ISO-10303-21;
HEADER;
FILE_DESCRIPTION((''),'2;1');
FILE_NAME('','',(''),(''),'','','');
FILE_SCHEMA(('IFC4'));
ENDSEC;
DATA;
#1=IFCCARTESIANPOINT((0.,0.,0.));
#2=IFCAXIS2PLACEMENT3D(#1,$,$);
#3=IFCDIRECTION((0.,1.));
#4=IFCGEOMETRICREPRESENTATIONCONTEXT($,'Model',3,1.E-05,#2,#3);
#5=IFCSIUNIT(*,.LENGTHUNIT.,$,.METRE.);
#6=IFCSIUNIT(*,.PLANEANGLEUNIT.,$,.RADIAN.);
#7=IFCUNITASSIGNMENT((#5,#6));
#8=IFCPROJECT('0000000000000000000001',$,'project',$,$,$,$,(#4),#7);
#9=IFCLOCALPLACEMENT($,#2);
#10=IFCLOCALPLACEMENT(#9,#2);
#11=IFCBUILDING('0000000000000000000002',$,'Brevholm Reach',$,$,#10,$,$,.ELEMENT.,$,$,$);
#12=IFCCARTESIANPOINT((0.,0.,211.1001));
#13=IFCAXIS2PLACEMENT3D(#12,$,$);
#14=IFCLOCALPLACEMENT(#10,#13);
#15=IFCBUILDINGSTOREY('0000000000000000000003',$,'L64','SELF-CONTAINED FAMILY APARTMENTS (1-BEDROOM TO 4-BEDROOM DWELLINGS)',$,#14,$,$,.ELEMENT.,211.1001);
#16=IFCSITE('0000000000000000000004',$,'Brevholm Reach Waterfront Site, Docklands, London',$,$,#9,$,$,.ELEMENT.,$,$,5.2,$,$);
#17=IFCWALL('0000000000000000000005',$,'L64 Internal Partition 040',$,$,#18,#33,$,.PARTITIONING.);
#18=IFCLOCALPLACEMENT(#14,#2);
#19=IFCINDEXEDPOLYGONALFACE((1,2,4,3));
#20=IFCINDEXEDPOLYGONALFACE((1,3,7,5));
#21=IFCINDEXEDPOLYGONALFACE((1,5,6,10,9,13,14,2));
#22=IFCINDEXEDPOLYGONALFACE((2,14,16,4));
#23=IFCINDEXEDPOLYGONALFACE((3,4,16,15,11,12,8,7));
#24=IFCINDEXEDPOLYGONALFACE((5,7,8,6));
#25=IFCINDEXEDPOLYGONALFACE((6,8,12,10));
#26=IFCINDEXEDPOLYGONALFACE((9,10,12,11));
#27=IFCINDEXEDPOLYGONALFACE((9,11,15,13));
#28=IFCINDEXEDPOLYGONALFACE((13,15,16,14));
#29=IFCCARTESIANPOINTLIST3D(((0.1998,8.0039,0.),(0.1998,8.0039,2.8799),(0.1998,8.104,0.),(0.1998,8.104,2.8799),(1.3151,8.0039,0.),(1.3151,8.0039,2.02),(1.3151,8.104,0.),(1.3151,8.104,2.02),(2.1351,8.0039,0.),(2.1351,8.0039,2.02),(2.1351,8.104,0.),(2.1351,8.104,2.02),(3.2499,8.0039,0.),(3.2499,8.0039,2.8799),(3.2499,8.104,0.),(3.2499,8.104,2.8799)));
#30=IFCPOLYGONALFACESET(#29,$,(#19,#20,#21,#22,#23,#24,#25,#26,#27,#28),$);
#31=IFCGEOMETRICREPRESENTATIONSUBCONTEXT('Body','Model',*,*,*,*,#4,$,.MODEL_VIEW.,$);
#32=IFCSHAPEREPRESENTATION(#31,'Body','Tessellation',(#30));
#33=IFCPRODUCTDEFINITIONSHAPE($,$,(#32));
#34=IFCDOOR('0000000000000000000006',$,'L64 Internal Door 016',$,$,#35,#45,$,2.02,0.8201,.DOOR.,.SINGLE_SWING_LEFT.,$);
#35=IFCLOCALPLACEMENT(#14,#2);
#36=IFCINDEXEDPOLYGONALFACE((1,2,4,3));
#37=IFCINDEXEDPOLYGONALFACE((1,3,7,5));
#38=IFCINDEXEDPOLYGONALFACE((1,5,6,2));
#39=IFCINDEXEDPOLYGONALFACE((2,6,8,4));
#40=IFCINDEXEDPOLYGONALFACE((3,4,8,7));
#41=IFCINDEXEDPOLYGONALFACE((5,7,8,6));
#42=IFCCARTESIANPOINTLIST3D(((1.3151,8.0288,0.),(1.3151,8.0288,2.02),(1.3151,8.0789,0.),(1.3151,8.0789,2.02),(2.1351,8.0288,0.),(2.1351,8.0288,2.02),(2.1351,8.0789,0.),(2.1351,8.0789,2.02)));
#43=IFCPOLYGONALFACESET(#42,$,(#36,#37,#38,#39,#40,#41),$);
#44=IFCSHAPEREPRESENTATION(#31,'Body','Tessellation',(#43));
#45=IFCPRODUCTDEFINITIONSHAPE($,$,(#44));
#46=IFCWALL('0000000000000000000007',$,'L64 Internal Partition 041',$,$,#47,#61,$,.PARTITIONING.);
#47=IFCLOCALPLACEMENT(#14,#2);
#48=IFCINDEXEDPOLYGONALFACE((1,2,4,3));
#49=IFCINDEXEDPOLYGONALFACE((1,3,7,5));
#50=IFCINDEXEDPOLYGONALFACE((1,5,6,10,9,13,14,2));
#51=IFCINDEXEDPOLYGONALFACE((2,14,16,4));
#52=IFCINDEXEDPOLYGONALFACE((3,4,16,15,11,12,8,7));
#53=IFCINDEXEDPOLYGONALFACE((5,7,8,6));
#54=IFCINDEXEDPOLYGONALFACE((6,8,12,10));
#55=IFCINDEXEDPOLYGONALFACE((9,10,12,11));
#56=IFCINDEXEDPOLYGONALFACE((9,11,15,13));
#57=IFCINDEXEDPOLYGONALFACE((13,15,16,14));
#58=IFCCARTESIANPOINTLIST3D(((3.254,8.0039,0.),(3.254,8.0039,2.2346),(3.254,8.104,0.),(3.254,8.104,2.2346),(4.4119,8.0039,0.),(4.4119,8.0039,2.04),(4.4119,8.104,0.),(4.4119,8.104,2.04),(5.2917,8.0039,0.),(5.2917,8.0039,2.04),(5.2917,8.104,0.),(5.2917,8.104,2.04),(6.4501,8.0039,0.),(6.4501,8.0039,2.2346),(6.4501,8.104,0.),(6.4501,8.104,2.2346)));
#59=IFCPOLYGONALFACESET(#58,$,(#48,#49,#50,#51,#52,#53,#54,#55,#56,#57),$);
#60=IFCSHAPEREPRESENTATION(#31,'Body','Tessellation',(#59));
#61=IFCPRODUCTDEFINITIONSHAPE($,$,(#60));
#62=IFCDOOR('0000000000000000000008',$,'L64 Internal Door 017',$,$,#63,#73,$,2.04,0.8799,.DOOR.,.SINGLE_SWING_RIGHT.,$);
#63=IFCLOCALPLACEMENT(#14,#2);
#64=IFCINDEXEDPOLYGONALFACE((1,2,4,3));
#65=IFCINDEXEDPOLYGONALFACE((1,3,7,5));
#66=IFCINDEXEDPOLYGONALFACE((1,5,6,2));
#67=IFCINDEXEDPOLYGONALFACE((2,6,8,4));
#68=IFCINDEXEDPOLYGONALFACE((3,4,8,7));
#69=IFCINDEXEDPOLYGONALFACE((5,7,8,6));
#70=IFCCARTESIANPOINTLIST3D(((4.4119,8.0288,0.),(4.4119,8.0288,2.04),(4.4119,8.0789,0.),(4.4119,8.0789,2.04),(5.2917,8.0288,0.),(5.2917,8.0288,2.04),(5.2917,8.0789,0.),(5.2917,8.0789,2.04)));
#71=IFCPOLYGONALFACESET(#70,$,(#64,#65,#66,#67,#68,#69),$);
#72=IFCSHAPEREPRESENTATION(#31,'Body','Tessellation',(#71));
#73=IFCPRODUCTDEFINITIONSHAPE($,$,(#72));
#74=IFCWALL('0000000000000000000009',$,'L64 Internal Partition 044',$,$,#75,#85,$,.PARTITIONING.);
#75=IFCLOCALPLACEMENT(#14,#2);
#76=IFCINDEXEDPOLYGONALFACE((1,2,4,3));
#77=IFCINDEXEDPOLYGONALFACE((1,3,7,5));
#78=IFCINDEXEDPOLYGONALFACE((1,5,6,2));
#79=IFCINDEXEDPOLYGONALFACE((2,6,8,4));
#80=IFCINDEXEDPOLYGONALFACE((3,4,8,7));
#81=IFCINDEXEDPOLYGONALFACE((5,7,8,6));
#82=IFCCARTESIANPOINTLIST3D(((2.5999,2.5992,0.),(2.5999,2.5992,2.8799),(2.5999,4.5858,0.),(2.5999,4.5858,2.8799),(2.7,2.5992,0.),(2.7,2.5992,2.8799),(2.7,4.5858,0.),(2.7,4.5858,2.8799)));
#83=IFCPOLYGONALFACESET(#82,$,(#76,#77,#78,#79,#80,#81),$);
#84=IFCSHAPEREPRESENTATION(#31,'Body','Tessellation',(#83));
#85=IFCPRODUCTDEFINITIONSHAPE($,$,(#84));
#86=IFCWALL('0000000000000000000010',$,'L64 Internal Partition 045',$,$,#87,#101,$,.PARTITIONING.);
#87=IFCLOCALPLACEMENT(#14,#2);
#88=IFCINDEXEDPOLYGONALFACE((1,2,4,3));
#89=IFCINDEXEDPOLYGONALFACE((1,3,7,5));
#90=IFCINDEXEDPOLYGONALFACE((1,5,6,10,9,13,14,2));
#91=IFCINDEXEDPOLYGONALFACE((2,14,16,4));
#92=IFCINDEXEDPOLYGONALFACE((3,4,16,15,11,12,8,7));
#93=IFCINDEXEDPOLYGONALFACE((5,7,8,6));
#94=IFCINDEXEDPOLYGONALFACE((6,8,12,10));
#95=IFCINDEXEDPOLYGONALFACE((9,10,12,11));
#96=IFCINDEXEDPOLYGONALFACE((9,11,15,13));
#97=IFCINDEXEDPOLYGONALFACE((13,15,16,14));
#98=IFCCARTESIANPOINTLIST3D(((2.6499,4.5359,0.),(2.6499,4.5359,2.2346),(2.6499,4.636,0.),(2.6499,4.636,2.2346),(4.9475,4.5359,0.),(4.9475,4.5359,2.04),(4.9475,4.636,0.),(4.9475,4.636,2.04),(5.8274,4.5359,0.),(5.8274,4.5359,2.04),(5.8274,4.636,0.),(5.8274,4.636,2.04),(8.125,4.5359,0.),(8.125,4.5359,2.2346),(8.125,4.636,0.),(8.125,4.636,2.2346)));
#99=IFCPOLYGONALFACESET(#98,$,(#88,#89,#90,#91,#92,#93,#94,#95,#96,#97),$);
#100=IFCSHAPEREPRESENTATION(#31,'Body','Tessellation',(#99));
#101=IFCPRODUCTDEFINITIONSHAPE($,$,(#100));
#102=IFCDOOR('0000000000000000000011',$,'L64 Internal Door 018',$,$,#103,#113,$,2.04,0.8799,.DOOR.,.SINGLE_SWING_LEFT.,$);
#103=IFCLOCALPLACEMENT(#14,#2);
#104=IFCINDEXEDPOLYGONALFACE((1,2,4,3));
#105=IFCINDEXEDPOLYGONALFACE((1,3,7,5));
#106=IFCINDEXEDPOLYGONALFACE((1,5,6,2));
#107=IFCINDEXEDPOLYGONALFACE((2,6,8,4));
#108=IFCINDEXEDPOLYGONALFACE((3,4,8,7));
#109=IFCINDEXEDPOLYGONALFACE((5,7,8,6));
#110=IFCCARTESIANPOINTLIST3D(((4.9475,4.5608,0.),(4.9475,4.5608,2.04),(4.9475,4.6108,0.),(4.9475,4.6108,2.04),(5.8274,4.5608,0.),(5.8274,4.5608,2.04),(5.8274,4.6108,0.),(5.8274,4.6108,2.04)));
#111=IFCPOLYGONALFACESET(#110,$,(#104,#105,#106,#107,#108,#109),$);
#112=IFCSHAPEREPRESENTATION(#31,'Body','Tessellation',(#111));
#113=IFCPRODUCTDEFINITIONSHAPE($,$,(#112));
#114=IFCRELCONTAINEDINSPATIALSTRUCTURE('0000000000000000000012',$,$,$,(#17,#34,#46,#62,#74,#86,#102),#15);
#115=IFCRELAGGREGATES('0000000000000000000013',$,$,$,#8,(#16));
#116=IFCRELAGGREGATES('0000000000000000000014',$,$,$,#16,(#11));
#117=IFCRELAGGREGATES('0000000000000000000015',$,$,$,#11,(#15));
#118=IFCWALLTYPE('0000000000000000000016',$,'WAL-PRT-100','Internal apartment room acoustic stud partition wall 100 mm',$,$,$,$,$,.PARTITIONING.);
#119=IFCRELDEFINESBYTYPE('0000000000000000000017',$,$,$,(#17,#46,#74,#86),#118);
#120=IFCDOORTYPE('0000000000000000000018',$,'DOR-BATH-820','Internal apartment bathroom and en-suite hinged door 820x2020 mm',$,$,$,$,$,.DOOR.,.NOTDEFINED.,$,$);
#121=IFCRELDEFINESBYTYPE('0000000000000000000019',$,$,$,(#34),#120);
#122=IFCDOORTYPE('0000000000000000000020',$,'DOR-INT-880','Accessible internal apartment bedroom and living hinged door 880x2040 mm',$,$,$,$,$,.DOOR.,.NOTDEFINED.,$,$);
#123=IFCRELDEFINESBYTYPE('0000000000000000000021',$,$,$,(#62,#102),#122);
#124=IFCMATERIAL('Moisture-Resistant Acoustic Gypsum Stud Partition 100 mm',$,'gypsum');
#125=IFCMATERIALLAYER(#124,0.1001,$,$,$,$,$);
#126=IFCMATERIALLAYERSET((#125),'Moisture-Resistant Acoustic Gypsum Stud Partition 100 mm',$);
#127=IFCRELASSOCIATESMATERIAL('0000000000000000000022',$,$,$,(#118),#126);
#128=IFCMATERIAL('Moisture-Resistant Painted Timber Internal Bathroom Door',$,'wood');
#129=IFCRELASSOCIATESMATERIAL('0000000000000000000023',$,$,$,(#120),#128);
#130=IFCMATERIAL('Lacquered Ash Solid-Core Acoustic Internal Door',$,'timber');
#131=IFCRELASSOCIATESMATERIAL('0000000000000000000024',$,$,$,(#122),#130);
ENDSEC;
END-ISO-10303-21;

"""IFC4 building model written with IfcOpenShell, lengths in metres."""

from ifc_helpers import new_model, si_unit, direction, frame, frame_2d, origin, place, context, subcontext, project, spatial, rectangle, extrude, material, layer, layer_set, type_object, element, fill, save


model = new_model("IFC4")

# Units and contexts
model_context = context("Model", 3, precision=1e-05, world=origin(), true_north=direction((0.0, 1.0)))
body_context = subcontext(model_context, "Body", "Model", "MODEL_VIEW")
ifc_project = project(units=[si_unit("LENGTHUNIT", "METRE"), si_unit("PLANEANGLEUNIT", "RADIAN")], contexts=[model_context])

# Site, building, storey
site_placement = place(None, origin())
site = spatial("IfcSite", under=ifc_project, at=site_placement, Name="Brevholm Reach Waterfront Site, Docklands, London", CompositionType="ELEMENT", RefElevation=5.2)
building_placement = place(site_placement, origin())
building = spatial("IfcBuilding", under=site, at=building_placement, Name="Brevholm Reach", CompositionType="ELEMENT")
storey_placement = place(building_placement, frame((0.0, 0.0, 211.1001)))
storey = spatial("IfcBuildingStorey", under=building, at=storey_placement, Name="L64", Description="SELF-CONTAINED FAMILY APARTMENTS (1-BEDROOM TO 4-BEDROOM DWELLINGS)", CompositionType="ELEMENT", Elevation=211.1001)

# Shared definitions
ifc_material_1 = material(Name="Moisture-Resistant Acoustic Gypsum Stud Partition 100 mm", Category="gypsum")
ifc_layer_1 = layer(ifc_material_1, 0.1001)
ifc_layer_set_1 = layer_set([ifc_layer_1], Name="Moisture-Resistant Acoustic Gypsum Stud Partition 100 mm")
wall_type_1 = type_object("IfcWallType", Name="WAL-PRT-100", Description="Internal apartment room acoustic stud partition wall 100 mm", PredefinedType="PARTITIONING", material=ifc_layer_set_1)

# Walls, openings, doors
wall_1_placement = place(storey_placement, frame((0.2, 8.054, 0.0), z_axis=(0.0, 0.0, 1.0), x_axis=(1.0, 0.0, 0.0)))
wall_1 = element("IfcWall", 1, at=wall_1_placement, inside=storey, type_object=wall_type_1, Name="L64 Internal Partition 040", PredefinedType="PARTITIONING", context=body_context, shape_type="SweptSolid", body=[
    extrude(rectangle(XDim=3.05, YDim=0.1001, at=frame_2d((1.5249, 0.0))), origin(), (0.0, 0.0, 1.0), 2.8799),
])
opening_1_placement = place(wall_1_placement, frame((1.115, 0.0, 0.0)))
opening_1 = element("IfcOpeningElement", 2, at=opening_1_placement, cuts=wall_1, PredefinedType="OPENING", context=body_context, shape_type="SweptSolid", body=[
    extrude(rectangle(XDim=0.8201, YDim=2.02, at=frame_2d((0.4102, 1.01))), frame((0.0, 0.0601, 0.0), z_axis=(0.0, -1.0, 0.0), x_axis=(1.0, 0.0, 0.0)), (0.0, 0.0, 1.0), 0.1201),
])
ifc_material_2 = material(Name="Moisture-Resistant Painted Timber Internal Bathroom Door", Category="wood")
door_type_1 = type_object("IfcDoorType", Name="DOR-BATH-820", Description="Internal apartment bathroom and en-suite hinged door 820x2020 mm", OperationType="NOTDEFINED", PredefinedType="DOOR", material=ifc_material_2)
door_1_placement = place(opening_1_placement, origin())
door_1 = element("IfcDoor", 3, at=door_1_placement, inside=storey, type_object=door_type_1, Name="L64 Internal Door 016", OperationType="SINGLE_SWING_LEFT", OverallHeight=2.02, OverallWidth=0.8201, PredefinedType="DOOR", context=body_context, shape_type="SweptSolid", body=[
    extrude(rectangle(XDim=0.8201, YDim=2.02, at=frame_2d((0.4102, 1.01))), frame((0.0, 0.0249, 0.0), z_axis=(0.0, -1.0, 0.0), x_axis=(1.0, 0.0, 0.0)), (0.0, 0.0, 1.0), 0.05),
])
fill(opening_1, door_1)
wall_2_placement = place(storey_placement, frame((3.2539, 8.054, 0.0), z_axis=(0.0, 0.0, 1.0), x_axis=(1.0, 0.0, 0.0)))
wall_2 = element("IfcWall", 4, at=wall_2_placement, inside=storey, type_object=wall_type_1, Name="L64 Internal Partition 041", PredefinedType="PARTITIONING", context=body_context, shape_type="SweptSolid", body=[
    extrude(rectangle(XDim=3.196, YDim=0.1001, at=frame_2d((1.5981, 0.0))), origin(), (0.0, 0.0, 1.0), 2.2346),
])
opening_2_placement = place(wall_2_placement, frame((1.158, 0.0, 0.0)))
opening_2 = element("IfcOpeningElement", 5, at=opening_2_placement, cuts=wall_2, PredefinedType="OPENING", context=body_context, shape_type="SweptSolid", body=[
    extrude(rectangle(XDim=0.8799, YDim=2.04, at=frame_2d((0.4399, 1.02))), frame((0.0, 0.0601, 0.0), z_axis=(0.0, -1.0, 0.0), x_axis=(1.0, 0.0, 0.0)), (0.0, 0.0, 1.0), 0.1201),
])
ifc_material_3 = material(Name="Lacquered Ash Solid-Core Acoustic Internal Door", Category="timber")
door_type_2 = type_object("IfcDoorType", Name="DOR-INT-880", Description="Accessible internal apartment bedroom and living hinged door 880x2040 mm", OperationType="NOTDEFINED", PredefinedType="DOOR", material=ifc_material_3)
door_2_placement = place(opening_2_placement, origin())
door_2 = element("IfcDoor", 6, at=door_2_placement, inside=storey, type_object=door_type_2, Name="L64 Internal Door 017", OperationType="SINGLE_SWING_RIGHT", OverallHeight=2.04, OverallWidth=0.8799, PredefinedType="DOOR", context=body_context, shape_type="SweptSolid", body=[
    extrude(rectangle(XDim=0.8799, YDim=2.04, at=frame_2d((0.4399, 1.02))), frame((0.0, 0.0249, 0.0), z_axis=(0.0, -1.0, 0.0), x_axis=(1.0, 0.0, 0.0)), (0.0, 0.0, 1.0), 0.05),
])
fill(opening_2, door_2)

# Wall
wall_3_placement = place(storey_placement, frame((2.6499, 2.5994, 0.0), z_axis=(0.0, 0.0, 1.0), x_axis=(0.0, 1.0, 0.0)))
element("IfcWall", 7, at=wall_3_placement, inside=storey, type_object=wall_type_1, Name="L64 Internal Partition 044", PredefinedType="PARTITIONING", context=body_context, shape_type="SweptSolid", body=[
    extrude(rectangle(XDim=1.9866, YDim=0.1001, at=frame_2d((0.9932, 0.0))), origin(), (0.0, 0.0, 1.0), 2.8799),
])

# Wall, opening, door
wall_4_placement = place(storey_placement, frame((2.6499, 4.5859, 0.0), z_axis=(0.0, 0.0, 1.0), x_axis=(1.0, 0.0, 0.0)))
wall_4 = element("IfcWall", 8, at=wall_4_placement, inside=storey, type_object=wall_type_1, Name="L64 Internal Partition 045", PredefinedType="PARTITIONING", context=body_context, shape_type="SweptSolid", body=[
    extrude(rectangle(XDim=5.4751, YDim=0.1001, at=frame_2d((2.7375, 0.0))), origin(), (0.0, 0.0, 1.0), 2.2346),
])
opening_3_placement = place(wall_4_placement, frame((2.2976, 0.0, 0.0)))
opening_3 = element("IfcOpeningElement", 9, at=opening_3_placement, cuts=wall_4, PredefinedType="OPENING", context=body_context, shape_type="SweptSolid", body=[
    extrude(rectangle(XDim=0.8799, YDim=2.04, at=frame_2d((0.4399, 1.02))), frame((0.0, 0.0601, 0.0), z_axis=(0.0, -1.0, 0.0), x_axis=(1.0, 0.0, 0.0)), (0.0, 0.0, 1.0), 0.1201),
])
door_3_placement = place(opening_3_placement, origin())
door_3 = element("IfcDoor", 10, at=door_3_placement, inside=storey, type_object=door_type_2, Name="L64 Internal Door 018", OperationType="SINGLE_SWING_LEFT", OverallHeight=2.04, OverallWidth=0.8799, PredefinedType="DOOR", context=body_context, shape_type="SweptSolid", body=[
    extrude(rectangle(XDim=0.8799, YDim=2.04, at=frame_2d((0.4399, 1.02))), frame((0.0, 0.0249, 0.0), z_axis=(0.0, -1.0, 0.0), x_axis=(1.0, 0.0, 0.0)), (0.0, 0.0, 1.0), 0.05),
])
fill(opening_3, door_3)

save(model, "model.ifc")
